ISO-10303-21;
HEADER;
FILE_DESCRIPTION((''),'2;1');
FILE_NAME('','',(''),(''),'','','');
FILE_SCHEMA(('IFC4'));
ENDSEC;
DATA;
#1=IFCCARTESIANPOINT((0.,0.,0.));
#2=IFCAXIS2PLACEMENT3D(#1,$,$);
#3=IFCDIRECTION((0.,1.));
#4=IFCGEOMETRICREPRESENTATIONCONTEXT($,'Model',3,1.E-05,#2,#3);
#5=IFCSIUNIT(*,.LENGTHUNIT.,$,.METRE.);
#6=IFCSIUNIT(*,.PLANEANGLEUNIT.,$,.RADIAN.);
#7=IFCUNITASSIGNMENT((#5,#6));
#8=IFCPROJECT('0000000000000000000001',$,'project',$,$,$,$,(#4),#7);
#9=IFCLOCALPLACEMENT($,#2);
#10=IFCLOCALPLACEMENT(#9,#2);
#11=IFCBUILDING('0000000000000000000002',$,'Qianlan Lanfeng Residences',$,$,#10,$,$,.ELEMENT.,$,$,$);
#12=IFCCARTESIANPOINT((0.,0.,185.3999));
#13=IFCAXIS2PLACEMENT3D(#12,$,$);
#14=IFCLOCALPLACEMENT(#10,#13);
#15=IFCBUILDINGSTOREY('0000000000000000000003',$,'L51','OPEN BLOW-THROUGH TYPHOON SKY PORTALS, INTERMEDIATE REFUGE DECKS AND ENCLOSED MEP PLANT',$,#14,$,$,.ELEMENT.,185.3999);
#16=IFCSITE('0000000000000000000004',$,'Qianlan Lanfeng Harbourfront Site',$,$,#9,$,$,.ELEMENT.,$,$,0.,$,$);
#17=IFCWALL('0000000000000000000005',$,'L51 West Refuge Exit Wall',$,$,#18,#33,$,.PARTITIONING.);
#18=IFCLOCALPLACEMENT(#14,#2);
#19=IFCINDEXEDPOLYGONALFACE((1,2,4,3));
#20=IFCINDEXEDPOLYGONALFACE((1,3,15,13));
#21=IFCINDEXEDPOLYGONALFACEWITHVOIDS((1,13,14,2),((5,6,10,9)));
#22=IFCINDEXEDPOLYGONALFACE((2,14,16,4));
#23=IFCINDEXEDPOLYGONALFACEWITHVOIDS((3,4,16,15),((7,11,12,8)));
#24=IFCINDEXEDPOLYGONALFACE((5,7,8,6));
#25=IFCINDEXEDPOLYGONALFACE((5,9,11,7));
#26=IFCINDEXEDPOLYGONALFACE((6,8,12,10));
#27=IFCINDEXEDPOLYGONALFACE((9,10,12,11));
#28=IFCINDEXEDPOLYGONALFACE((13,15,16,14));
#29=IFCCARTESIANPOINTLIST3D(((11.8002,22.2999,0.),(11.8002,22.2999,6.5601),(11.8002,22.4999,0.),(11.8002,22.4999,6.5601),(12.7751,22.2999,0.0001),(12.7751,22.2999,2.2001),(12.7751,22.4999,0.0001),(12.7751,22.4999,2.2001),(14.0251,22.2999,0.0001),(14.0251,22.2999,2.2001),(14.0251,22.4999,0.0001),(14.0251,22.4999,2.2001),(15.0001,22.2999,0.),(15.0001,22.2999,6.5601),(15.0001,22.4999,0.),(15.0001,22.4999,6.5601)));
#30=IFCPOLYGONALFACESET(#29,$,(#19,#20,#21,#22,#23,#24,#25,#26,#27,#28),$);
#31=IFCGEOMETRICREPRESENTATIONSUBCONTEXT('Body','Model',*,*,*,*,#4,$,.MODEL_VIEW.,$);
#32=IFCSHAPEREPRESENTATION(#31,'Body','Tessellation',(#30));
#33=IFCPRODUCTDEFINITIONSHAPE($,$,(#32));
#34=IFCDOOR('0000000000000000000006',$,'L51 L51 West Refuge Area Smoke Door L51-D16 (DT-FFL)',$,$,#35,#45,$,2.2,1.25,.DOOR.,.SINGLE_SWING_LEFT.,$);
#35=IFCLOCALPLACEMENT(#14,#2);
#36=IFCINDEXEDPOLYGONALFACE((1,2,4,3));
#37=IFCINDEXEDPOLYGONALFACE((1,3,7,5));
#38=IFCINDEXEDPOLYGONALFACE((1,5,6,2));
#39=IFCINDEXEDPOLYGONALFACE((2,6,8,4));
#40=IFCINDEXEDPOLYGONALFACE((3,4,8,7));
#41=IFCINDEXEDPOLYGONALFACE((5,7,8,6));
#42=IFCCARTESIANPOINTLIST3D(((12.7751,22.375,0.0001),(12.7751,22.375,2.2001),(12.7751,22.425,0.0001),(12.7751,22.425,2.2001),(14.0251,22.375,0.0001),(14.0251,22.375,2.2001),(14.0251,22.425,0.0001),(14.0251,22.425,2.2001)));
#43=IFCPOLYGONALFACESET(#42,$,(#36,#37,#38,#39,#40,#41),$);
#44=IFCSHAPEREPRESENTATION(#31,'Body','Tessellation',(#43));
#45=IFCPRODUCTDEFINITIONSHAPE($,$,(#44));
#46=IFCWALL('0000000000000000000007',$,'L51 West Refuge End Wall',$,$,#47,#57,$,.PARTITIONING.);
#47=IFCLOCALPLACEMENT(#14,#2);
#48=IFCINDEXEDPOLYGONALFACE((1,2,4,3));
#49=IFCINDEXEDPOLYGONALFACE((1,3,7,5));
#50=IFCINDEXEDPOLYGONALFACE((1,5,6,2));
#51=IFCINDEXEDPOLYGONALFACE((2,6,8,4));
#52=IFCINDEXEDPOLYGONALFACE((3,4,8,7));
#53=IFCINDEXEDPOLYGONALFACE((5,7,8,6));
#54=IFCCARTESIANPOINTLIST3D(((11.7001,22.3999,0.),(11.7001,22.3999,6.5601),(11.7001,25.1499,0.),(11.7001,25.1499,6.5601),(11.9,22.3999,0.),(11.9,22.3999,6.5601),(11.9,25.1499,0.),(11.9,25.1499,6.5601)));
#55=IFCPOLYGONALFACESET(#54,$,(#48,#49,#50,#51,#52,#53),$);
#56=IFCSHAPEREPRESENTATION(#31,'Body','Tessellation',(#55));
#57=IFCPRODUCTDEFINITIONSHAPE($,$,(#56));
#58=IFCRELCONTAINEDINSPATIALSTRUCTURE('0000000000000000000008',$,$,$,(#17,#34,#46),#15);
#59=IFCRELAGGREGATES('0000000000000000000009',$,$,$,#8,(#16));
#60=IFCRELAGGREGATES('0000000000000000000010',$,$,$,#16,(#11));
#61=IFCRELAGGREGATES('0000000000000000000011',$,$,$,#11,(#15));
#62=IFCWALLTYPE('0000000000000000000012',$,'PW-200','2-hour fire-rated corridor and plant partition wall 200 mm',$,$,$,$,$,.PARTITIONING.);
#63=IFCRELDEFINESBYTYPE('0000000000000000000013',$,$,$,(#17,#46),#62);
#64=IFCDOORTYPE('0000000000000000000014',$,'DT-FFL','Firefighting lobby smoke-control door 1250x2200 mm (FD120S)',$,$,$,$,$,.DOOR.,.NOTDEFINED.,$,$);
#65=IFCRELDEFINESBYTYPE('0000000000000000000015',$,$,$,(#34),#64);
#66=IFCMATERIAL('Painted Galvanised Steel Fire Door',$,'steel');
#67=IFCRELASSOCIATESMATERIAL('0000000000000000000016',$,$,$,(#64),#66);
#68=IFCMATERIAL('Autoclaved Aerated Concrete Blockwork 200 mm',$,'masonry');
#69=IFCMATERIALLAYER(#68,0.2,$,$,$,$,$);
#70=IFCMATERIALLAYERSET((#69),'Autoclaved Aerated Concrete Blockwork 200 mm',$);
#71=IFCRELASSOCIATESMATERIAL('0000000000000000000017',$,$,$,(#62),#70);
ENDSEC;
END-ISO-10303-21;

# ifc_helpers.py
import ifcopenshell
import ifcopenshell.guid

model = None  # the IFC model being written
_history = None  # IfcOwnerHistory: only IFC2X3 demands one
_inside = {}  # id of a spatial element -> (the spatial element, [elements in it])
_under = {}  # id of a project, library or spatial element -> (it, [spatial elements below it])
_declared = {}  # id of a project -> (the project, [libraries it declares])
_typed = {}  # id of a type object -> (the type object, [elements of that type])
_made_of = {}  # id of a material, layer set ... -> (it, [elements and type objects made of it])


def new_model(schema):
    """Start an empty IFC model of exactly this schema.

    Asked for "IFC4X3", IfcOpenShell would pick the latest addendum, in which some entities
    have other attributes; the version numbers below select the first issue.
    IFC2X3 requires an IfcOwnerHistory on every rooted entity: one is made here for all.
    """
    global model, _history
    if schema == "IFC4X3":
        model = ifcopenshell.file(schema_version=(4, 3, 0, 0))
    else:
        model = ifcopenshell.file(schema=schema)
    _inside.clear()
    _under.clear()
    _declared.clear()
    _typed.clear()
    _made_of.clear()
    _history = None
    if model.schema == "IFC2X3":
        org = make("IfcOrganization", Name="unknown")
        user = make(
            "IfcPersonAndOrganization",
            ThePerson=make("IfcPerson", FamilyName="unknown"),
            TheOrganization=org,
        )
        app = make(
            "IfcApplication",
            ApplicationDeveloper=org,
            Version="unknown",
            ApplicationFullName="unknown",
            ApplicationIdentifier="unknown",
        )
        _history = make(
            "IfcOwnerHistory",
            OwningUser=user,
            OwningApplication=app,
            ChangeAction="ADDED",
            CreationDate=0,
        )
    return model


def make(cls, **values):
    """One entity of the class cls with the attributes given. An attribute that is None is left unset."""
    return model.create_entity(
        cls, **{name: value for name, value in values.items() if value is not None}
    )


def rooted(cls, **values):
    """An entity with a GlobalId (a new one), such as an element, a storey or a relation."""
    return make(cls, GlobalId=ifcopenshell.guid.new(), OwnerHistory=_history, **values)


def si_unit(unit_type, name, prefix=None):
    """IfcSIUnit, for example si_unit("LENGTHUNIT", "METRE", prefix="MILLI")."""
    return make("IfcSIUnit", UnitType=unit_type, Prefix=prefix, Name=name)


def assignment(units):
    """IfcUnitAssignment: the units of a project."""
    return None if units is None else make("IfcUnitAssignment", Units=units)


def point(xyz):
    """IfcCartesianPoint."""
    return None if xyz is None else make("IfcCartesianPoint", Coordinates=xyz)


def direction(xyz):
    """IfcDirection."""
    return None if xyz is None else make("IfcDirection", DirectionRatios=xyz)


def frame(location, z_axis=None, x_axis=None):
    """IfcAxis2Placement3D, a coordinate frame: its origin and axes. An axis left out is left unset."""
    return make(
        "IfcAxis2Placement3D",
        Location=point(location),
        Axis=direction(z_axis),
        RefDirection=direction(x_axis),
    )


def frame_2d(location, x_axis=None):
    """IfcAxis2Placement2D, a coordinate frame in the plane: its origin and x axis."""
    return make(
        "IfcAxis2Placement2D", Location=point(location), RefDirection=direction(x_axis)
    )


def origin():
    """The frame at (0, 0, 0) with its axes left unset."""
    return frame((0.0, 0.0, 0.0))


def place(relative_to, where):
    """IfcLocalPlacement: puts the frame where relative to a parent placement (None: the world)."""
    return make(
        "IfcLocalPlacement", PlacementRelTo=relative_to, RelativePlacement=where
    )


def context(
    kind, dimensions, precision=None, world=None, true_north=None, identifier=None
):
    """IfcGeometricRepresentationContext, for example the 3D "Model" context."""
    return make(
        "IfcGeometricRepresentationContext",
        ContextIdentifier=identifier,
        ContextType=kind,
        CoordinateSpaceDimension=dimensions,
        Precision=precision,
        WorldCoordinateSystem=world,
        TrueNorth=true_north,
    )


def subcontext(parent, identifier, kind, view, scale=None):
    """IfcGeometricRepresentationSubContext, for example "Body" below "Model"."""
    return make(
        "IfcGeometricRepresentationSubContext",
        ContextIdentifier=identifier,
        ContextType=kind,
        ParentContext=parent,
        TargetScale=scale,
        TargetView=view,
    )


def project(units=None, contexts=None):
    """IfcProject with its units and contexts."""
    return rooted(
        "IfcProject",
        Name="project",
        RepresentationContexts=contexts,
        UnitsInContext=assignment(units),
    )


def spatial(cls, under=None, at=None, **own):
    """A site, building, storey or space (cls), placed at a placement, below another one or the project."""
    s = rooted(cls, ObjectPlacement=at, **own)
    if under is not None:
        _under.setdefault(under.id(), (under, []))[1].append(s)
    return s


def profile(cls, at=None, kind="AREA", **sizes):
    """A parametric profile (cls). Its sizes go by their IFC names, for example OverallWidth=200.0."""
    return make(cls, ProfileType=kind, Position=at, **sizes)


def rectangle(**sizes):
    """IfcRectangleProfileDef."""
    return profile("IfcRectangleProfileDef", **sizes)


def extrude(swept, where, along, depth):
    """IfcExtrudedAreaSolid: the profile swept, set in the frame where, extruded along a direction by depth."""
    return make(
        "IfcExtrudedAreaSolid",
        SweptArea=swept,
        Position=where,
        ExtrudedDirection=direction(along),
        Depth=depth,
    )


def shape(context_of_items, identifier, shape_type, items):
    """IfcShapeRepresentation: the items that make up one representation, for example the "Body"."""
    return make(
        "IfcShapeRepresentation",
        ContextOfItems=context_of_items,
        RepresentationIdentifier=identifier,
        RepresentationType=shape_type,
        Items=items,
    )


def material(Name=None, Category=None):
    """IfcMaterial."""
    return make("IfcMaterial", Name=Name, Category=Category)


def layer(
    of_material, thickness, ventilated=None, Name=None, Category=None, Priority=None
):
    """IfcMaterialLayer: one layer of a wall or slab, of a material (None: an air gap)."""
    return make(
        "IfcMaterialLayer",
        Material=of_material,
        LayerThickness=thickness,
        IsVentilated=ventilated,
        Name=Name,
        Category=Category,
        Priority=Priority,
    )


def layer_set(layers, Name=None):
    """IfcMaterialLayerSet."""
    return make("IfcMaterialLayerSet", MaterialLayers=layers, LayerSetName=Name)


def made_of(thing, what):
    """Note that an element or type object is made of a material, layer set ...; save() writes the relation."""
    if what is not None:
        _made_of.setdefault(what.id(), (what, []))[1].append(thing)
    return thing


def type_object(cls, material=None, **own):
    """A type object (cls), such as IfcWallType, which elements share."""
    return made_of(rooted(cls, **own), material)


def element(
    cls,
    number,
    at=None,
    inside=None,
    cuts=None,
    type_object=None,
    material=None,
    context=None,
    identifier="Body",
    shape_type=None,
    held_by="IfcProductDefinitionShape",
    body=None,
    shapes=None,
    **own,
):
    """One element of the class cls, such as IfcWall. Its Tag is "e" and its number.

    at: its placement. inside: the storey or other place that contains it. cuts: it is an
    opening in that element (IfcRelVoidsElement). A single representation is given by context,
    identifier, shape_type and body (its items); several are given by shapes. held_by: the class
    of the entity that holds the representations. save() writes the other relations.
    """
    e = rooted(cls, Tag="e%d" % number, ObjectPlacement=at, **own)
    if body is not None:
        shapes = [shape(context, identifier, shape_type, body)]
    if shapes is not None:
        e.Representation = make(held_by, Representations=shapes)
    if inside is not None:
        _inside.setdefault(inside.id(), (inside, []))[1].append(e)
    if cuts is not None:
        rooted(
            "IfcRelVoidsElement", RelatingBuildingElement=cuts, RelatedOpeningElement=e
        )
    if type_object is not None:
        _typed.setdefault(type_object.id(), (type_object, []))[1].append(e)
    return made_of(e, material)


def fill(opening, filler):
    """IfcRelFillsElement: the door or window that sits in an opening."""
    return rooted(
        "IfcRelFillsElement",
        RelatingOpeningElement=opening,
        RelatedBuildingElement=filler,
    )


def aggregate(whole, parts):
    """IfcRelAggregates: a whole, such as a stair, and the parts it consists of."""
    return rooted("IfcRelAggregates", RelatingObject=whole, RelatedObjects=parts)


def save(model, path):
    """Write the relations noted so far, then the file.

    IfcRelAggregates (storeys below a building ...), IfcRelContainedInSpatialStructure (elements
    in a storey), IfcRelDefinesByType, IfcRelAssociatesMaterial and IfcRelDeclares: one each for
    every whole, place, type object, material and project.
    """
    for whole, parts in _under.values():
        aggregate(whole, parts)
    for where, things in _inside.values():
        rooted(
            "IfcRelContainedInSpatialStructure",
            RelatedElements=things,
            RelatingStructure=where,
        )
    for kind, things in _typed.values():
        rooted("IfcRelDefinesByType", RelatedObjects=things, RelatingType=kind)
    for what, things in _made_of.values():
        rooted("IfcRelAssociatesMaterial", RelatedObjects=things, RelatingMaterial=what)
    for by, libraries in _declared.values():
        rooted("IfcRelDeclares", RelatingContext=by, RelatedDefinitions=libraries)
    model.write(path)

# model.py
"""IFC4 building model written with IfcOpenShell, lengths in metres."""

from ifc_helpers import new_model, si_unit, direction, frame, frame_2d, origin, place, context, subcontext, project, spatial, rectangle, extrude, material, layer, layer_set, type_object, element, fill, save


model = new_model("IFC4")

# Units and contexts
model_context = context("Model", 3, precision=1e-05, world=origin(), true_north=direction((0.0, 1.0)))
body_context = subcontext(model_context, "Body", "Model", "MODEL_VIEW")
ifc_project = project(units=[si_unit("LENGTHUNIT", "METRE"), si_unit("PLANEANGLEUNIT", "RADIAN")], contexts=[model_context])

# Site, building, storey
site_placement = place(None, origin())
site = spatial("IfcSite", under=ifc_project, at=site_placement, Name="Qianlan Lanfeng Harbourfront Site", CompositionType="ELEMENT", RefElevation=0.0)
building_placement = place(site_placement, origin())
building = spatial("IfcBuilding", under=site, at=building_placement, Name="Qianlan Lanfeng Residences", CompositionType="ELEMENT")
storey_placement = place(building_placement, frame((0.0, 0.0, 185.3999)))
storey = spatial("IfcBuildingStorey", under=building, at=storey_placement, Name="L51", Description="OPEN BLOW-THROUGH TYPHOON SKY PORTALS, INTERMEDIATE REFUGE DECKS AND ENCLOSED MEP PLANT", CompositionType="ELEMENT", Elevation=185.3999)

# Wall, opening, door
ifc_material_1 = material(Name="Painted Galvanised Steel Fire Door", Category="steel")
door_type = type_object("IfcDoorType", Name="DT-FFL", Description="Firefighting lobby smoke-control door 1250x2200 mm (FD120S)", OperationType="NOTDEFINED", PredefinedType="DOOR", material=ifc_material_1)
ifc_material_2 = material(Name="Autoclaved Aerated Concrete Blockwork 200 mm", Category="masonry")
ifc_layer_1 = layer(ifc_material_2, 0.2)
ifc_layer_set_1 = layer_set([ifc_layer_1], Name="Autoclaved Aerated Concrete Blockwork 200 mm")
wall_type_1 = type_object("IfcWallType", Name="PW-200", Description="2-hour fire-rated corridor and plant partition wall 200 mm", PredefinedType="PARTITIONING", material=ifc_layer_set_1)
wall_1_placement = place(storey_placement, frame((11.8, 22.3999, 0.0), z_axis=(0.0, 0.0, 1.0), x_axis=(1.0, 0.0, 0.0)))
wall_1 = element("IfcWall", 1, at=wall_1_placement, inside=storey, type_object=wall_type_1, Name="L51 West Refuge Exit Wall", PredefinedType="PARTITIONING", context=body_context, shape_type="SweptSolid", body=[
    extrude(rectangle(XDim=3.2, YDim=0.2, at=frame_2d((1.6001, 0.0))), origin(), (0.0, 0.0, 1.0), 6.5601),
])
opening_1_placement = place(wall_1_placement, frame((0.9751, 0.0, 0.0)))
opening_1 = element("IfcOpeningElement", 2, at=opening_1_placement, cuts=wall_1, PredefinedType="OPENING", context=body_context, shape_type="SweptSolid", body=[
    extrude(rectangle(XDim=1.25, YDim=2.2, at=frame_2d((0.625, 1.1001))), frame((0.0, 0.1099, 0.0), z_axis=(0.0, -1.0, 0.0), x_axis=(1.0, 0.0, 0.0)), (0.0, 0.0, 1.0), 0.22),
])
door_1_placement = place(opening_1_placement, frame((1.25, 0.0, 0.0), z_axis=(0.0, 0.0, 1.0), x_axis=(-1.0, 0.0, 0.0)))
door_1 = element("IfcDoor", 3, at=door_1_placement, inside=storey, type_object=door_type, Name="L51 L51 West Refuge Area Smoke Door L51-D16 (DT-FFL)", OperationType="SINGLE_SWING_LEFT", OverallHeight=2.2, OverallWidth=1.25, PredefinedType="DOOR", context=body_context, shape_type="SweptSolid", body=[
    extrude(rectangle(XDim=1.25, YDim=2.2, at=frame_2d((0.625, 1.1001))), frame((0.0, 0.0249, 0.0), z_axis=(0.0, -1.0, 0.0), x_axis=(1.0, 0.0, 0.0)), (0.0, 0.0, 1.0), 0.05),
])
fill(opening_1, door_1)

# Wall
wall_2_placement = place(storey_placement, frame((11.8, 22.3999, 0.0), z_axis=(0.0, 0.0, 1.0), x_axis=(0.0, 1.0, 0.0)))
element("IfcWall", 4, at=wall_2_placement, inside=storey, type_object=wall_type_1, Name="L51 West Refuge End Wall", PredefinedType="PARTITIONING", context=body_context, shape_type="SweptSolid", body=[
    extrude(rectangle(XDim=2.75, YDim=0.2, at=frame_2d((1.375, 0.0))), origin(), (0.0, 0.0, 1.0), 6.5601),
])

save(model, "model.ifc")
